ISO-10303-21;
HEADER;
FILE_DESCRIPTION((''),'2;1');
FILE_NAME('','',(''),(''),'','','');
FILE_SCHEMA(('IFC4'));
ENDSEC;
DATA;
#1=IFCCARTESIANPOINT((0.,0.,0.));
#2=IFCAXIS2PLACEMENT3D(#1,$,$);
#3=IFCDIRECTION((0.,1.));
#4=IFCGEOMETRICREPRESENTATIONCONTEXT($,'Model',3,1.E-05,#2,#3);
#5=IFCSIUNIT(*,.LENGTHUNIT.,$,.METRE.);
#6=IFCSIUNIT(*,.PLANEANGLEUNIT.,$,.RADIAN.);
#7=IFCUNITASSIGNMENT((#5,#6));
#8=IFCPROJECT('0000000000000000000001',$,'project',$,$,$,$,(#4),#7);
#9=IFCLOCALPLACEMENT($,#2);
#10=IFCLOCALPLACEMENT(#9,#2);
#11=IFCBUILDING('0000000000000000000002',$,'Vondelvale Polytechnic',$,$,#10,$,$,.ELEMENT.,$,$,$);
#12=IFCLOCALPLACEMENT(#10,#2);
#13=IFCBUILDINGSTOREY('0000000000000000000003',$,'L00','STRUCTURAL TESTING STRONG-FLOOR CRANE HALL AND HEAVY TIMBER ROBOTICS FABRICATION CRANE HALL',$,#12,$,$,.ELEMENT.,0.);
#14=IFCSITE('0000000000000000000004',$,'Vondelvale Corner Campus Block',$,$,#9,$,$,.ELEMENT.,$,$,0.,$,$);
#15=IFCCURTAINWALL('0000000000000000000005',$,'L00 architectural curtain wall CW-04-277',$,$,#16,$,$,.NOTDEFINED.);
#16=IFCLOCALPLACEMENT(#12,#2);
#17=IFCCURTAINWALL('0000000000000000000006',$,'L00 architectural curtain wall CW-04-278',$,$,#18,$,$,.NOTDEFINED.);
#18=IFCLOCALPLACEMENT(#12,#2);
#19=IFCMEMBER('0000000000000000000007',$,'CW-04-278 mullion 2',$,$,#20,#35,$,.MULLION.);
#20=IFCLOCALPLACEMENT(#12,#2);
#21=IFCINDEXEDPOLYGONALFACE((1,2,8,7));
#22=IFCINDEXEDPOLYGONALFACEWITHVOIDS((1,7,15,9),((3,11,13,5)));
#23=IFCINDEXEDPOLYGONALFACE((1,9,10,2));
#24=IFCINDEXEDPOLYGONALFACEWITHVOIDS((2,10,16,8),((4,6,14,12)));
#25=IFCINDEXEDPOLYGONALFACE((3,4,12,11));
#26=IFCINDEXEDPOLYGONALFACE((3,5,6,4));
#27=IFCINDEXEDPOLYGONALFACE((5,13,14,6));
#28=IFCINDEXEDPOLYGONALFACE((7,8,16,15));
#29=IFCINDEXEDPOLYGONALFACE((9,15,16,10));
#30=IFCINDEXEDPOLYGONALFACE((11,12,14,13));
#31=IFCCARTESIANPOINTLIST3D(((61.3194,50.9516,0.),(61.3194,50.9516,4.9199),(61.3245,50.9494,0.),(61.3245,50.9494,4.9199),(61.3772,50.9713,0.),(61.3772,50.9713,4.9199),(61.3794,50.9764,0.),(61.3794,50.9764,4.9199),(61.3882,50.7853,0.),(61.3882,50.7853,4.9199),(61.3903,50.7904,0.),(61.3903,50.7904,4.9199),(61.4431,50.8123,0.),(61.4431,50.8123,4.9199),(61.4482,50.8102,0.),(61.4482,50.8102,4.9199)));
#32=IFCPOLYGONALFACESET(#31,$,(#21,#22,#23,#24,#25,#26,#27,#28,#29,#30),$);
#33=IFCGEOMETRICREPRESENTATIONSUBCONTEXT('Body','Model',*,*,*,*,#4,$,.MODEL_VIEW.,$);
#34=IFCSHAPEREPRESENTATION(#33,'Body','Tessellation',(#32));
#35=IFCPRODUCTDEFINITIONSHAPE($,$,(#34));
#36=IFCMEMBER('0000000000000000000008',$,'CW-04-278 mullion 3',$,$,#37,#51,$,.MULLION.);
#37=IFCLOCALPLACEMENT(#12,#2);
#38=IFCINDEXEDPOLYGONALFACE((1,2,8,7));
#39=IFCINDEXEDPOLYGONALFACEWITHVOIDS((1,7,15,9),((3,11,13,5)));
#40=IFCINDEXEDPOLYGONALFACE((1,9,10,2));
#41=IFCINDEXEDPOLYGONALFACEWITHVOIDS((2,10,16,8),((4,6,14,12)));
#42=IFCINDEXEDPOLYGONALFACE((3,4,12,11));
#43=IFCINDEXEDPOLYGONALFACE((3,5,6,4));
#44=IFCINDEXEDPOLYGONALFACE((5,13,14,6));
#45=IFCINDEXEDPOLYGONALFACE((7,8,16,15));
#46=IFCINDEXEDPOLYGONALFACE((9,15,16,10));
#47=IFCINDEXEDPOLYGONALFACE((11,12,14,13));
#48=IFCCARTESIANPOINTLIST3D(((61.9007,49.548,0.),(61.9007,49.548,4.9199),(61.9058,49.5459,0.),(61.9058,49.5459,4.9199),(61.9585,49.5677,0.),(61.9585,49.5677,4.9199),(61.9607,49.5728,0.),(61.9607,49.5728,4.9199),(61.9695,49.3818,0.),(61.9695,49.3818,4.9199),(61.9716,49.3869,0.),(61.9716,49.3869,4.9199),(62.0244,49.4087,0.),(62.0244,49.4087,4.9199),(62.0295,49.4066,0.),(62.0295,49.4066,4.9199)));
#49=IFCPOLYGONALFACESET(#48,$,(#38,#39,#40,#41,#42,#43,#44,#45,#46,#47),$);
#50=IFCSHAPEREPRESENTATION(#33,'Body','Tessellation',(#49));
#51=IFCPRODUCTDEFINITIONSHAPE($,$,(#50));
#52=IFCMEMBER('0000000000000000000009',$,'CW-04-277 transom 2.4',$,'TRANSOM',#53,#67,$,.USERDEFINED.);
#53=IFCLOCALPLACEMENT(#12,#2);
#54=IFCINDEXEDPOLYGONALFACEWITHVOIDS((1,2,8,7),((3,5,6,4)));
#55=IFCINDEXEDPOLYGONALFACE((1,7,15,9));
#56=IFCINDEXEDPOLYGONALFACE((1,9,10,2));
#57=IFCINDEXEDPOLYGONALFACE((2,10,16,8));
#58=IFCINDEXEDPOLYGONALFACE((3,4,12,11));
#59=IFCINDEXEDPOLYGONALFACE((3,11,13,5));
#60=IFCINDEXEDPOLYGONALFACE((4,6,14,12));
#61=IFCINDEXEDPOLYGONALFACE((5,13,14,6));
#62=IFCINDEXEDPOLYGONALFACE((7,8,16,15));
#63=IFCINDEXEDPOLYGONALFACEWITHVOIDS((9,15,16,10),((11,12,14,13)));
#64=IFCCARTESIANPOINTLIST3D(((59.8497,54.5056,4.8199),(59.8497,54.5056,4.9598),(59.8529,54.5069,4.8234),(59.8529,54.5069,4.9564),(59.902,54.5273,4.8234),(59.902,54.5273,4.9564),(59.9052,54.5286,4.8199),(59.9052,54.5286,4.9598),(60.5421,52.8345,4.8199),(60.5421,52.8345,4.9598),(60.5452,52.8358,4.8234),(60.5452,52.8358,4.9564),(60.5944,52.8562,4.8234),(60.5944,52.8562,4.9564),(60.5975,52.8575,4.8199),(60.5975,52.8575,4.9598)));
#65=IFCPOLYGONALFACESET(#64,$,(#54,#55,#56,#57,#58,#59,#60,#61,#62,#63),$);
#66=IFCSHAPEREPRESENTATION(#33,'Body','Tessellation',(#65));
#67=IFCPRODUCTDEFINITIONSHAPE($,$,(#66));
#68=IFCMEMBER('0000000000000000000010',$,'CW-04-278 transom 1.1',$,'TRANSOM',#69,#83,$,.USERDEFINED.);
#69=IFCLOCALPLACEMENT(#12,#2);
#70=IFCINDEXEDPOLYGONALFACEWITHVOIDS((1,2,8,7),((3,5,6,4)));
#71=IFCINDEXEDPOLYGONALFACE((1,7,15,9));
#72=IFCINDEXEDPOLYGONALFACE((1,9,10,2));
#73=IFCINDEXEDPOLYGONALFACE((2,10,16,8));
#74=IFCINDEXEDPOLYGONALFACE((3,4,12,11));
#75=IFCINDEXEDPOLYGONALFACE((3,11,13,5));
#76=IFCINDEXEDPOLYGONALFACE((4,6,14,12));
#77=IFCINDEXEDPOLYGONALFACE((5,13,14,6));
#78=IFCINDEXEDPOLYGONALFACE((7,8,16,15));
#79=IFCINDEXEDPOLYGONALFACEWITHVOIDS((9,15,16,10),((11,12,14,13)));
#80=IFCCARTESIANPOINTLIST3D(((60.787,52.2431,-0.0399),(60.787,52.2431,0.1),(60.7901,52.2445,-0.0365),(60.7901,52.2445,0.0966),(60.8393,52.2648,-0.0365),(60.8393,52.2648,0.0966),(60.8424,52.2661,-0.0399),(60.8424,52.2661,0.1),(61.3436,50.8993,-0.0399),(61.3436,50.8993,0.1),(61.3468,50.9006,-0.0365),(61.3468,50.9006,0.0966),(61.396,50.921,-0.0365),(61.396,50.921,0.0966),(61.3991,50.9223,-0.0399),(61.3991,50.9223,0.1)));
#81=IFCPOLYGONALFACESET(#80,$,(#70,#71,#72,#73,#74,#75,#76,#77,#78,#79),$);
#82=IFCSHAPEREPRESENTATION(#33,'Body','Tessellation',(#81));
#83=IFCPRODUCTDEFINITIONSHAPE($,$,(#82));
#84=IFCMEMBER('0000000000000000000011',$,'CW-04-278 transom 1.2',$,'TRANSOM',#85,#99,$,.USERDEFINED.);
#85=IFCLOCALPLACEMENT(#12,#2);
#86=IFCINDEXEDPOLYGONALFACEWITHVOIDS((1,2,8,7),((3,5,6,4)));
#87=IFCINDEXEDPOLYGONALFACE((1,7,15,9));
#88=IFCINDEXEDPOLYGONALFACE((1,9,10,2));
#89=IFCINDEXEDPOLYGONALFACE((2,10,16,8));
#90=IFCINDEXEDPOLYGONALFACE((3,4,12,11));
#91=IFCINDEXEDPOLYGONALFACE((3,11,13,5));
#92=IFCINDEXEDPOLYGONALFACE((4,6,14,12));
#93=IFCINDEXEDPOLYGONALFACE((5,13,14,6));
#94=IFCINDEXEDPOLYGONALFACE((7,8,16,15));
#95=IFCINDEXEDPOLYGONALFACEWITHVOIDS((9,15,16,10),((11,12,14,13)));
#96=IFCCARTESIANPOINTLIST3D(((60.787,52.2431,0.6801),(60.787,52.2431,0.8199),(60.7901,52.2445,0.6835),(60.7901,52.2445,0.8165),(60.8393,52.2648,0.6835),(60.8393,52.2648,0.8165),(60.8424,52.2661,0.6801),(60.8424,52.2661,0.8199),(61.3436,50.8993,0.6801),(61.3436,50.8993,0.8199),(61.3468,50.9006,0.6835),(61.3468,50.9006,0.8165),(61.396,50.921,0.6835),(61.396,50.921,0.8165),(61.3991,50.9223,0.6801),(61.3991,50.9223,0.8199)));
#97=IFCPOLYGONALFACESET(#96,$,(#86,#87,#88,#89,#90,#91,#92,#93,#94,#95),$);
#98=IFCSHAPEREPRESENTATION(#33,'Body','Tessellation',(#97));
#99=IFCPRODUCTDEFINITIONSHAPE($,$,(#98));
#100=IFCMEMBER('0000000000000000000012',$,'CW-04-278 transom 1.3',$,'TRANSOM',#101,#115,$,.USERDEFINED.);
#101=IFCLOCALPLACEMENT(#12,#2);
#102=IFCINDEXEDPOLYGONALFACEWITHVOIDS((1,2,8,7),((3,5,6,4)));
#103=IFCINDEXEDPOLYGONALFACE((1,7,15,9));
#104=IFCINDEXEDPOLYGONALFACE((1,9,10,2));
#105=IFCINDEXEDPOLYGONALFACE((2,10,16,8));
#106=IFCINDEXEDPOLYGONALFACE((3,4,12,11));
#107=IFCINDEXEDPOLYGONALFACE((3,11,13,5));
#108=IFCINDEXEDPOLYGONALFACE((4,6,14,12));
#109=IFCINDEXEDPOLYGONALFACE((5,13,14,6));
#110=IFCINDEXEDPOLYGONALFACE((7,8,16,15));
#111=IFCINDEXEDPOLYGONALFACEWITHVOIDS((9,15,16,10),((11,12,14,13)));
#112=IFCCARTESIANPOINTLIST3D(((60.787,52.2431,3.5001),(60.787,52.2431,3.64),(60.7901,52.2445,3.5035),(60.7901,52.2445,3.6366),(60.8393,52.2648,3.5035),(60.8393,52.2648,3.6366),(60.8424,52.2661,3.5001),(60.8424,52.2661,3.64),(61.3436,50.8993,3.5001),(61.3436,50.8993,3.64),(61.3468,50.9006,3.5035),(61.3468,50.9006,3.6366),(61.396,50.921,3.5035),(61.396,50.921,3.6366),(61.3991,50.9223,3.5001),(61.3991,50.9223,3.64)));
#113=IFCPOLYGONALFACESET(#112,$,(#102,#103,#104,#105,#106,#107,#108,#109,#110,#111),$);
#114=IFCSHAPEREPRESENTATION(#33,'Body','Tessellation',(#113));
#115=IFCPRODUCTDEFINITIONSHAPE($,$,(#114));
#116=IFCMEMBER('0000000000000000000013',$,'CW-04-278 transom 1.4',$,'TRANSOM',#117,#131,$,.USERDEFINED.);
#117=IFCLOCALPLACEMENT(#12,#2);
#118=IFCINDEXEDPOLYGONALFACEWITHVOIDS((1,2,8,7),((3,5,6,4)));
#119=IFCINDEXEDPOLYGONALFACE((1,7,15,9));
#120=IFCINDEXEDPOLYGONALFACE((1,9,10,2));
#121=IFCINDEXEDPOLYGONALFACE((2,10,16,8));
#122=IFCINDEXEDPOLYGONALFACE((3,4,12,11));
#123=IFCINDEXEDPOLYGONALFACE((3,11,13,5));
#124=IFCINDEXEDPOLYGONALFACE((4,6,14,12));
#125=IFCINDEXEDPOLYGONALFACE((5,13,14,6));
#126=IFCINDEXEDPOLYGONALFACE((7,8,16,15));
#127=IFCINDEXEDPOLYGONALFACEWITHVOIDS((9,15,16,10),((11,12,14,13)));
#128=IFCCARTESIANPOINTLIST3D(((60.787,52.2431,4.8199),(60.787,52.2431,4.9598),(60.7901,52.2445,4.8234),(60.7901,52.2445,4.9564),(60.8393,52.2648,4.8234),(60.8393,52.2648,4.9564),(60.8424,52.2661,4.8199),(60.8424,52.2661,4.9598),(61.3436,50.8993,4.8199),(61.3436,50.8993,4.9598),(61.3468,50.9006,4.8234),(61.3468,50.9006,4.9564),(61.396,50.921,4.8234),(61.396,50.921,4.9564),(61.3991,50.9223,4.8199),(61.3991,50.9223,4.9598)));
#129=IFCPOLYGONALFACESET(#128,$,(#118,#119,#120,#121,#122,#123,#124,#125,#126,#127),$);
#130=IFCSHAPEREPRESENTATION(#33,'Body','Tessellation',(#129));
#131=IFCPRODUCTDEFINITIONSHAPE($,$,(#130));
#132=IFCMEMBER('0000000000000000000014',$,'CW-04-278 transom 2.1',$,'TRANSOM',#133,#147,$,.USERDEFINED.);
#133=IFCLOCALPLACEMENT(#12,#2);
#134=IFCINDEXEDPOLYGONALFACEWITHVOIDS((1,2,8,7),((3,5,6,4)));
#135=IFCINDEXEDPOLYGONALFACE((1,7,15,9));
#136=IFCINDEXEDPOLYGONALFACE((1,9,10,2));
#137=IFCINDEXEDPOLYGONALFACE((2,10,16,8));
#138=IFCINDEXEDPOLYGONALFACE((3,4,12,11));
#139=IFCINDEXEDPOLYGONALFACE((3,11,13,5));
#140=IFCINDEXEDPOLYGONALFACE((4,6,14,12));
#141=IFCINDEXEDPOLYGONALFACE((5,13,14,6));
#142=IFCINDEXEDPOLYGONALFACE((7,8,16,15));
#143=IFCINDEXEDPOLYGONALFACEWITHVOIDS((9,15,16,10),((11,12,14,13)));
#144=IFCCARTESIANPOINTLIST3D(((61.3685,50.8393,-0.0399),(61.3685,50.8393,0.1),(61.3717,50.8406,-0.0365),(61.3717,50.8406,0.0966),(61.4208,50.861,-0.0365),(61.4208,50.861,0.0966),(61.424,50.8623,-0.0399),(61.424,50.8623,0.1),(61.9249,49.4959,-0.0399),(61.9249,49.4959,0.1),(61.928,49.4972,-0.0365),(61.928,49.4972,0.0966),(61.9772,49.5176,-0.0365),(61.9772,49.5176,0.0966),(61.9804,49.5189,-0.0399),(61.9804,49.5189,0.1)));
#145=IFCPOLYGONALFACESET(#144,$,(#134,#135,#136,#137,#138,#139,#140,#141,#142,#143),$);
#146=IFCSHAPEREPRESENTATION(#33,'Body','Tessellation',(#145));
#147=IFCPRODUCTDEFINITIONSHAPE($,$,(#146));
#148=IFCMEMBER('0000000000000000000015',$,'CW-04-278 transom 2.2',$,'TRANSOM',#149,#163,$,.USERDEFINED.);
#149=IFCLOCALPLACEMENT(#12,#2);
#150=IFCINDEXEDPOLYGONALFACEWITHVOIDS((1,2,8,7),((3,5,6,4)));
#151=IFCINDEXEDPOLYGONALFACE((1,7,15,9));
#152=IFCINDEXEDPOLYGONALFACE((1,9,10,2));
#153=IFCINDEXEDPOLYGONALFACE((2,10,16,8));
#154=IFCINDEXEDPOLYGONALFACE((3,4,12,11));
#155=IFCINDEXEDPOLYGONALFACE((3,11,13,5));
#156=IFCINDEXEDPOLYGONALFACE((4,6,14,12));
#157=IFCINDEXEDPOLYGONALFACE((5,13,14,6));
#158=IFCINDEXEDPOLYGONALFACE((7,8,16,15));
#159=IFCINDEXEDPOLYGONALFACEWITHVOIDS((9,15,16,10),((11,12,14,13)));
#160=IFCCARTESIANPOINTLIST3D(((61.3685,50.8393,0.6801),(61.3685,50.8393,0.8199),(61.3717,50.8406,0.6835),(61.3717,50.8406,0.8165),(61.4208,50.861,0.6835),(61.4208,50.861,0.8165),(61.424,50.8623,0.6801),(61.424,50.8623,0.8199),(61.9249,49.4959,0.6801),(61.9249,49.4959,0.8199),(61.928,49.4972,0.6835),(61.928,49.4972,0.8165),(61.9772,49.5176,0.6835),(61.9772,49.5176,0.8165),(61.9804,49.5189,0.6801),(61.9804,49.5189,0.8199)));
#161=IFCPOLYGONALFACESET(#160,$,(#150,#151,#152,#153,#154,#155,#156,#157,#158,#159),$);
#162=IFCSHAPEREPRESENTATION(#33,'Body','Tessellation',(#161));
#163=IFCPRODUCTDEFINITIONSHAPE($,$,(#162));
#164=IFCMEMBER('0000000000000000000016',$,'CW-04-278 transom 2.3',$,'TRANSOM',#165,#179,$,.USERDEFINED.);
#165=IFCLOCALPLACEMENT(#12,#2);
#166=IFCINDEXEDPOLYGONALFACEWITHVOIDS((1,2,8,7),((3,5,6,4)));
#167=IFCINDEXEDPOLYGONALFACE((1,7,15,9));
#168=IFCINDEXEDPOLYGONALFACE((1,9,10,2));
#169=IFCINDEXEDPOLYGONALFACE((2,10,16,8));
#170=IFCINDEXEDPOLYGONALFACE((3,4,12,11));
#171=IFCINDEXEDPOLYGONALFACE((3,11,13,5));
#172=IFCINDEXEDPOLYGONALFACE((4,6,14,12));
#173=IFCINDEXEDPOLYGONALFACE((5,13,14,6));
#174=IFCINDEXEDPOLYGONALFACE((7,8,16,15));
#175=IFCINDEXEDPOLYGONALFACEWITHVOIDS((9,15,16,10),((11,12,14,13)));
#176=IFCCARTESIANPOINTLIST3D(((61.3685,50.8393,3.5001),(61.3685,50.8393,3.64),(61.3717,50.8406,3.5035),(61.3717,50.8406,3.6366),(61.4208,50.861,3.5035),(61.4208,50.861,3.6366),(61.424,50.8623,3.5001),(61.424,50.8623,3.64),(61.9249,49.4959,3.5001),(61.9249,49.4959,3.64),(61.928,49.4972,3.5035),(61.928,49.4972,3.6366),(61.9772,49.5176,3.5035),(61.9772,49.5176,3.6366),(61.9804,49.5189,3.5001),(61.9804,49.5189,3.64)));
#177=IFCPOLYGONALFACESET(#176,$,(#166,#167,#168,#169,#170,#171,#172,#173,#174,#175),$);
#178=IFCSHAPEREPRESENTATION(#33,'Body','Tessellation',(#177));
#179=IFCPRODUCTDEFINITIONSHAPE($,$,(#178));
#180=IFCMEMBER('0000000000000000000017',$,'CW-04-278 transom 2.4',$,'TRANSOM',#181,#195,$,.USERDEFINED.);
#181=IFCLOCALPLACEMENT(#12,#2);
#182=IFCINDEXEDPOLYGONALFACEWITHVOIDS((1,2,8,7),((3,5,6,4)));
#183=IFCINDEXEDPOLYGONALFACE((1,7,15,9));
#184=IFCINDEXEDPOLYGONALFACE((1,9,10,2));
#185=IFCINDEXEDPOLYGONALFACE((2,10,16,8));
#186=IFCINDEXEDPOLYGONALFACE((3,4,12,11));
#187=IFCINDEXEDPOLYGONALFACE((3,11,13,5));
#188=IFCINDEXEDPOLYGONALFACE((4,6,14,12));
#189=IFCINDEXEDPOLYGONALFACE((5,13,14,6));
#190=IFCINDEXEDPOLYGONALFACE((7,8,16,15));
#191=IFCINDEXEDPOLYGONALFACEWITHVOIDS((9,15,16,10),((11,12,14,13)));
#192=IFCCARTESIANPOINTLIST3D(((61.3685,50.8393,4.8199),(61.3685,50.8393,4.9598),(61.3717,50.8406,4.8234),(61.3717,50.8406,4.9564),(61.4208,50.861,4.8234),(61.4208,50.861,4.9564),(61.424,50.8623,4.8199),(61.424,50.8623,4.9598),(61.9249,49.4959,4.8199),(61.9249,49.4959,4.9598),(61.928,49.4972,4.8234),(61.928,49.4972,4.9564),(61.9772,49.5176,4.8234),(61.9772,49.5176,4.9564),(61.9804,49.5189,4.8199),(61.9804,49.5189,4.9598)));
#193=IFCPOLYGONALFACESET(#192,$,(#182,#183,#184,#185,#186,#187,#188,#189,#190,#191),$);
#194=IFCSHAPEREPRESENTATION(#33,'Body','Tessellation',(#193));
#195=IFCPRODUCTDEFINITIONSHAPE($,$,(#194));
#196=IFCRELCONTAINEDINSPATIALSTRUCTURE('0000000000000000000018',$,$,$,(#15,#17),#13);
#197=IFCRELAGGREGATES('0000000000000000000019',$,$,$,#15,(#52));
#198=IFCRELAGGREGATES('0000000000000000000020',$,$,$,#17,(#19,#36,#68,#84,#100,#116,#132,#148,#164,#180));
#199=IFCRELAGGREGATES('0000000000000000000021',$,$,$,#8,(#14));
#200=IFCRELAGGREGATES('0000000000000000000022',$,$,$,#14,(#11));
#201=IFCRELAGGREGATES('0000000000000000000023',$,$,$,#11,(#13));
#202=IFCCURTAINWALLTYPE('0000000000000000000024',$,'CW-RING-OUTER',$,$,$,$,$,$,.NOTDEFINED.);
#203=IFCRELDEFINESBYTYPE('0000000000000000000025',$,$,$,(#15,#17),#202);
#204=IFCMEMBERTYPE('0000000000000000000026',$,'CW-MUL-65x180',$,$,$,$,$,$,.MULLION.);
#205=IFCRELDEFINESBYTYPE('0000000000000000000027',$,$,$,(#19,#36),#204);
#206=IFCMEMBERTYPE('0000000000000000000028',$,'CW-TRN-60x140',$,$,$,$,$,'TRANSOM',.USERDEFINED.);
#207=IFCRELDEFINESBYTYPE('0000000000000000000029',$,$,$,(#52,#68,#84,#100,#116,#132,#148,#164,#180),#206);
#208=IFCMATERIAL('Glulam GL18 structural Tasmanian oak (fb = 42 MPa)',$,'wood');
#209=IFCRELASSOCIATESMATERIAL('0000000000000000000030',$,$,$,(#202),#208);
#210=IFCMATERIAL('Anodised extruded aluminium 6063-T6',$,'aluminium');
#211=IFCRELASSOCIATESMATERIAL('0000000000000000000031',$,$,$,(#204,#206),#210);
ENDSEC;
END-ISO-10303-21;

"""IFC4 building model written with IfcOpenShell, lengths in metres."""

from ifc_helpers import new_model, si_unit, direction, frame, origin, origin_2d, place, context, subcontext, project, spatial, hollow_rectangle, extrude, material, material_profile, profile_set, type_object, element, aggregate, save


model = new_model("IFC4")

# Units and contexts
model_context = context("Model", 3, precision=1e-05, world=origin(), true_north=direction((0.0, 1.0)))
body_context = subcontext(model_context, "Body", "Model", "MODEL_VIEW")
ifc_project = project(units=[si_unit("LENGTHUNIT", "METRE"), si_unit("PLANEANGLEUNIT", "RADIAN")], contexts=[model_context])

# Site, building, storey
site_placement = place(None, origin())
site = spatial("IfcSite", under=ifc_project, at=site_placement, Name="Vondelvale Corner Campus Block", CompositionType="ELEMENT", RefElevation=0.0)
building_placement = place(site_placement, origin())
building = spatial("IfcBuilding", under=site, at=building_placement, Name="Vondelvale Polytechnic", CompositionType="ELEMENT")
storey_placement = place(building_placement, origin())
storey = spatial("IfcBuildingStorey", under=building, at=storey_placement, Name="L00", Description="STRUCTURAL TESTING STRONG-FLOOR CRANE HALL AND HEAVY TIMBER ROBOTICS FABRICATION CRANE HALL", CompositionType="ELEMENT", Elevation=0.0)

# Shared definitions
ifc_material_1 = material(Name="Glulam GL18 structural Tasmanian oak (fb = 42 MPa)", Category="wood")

# Curtain wall
curtain_wall_type = type_object("IfcCurtainWallType", Name="CW-RING-OUTER", PredefinedType="NOTDEFINED", material=ifc_material_1)
curtain_wall_1_placement = place(storey_placement, origin())
curtain_wall_1 = element("IfcCurtainWall", 1, at=curtain_wall_1_placement, inside=storey, type_object=curtain_wall_type, Name="L00 architectural curtain wall CW-04-277", PredefinedType="NOTDEFINED")
ifc_material_2 = material(Name="Anodised extruded aluminium 6063-T6", Category="aluminium")
ifc_material_profile_1 = material_profile(ifc_material_2, hollow_rectangle(XDim=0.0649, YDim=0.1799, WallThickness=0.0039, at=origin_2d()), Name="CW-MUL-180x65")
ifc_profile_set_1 = profile_set([ifc_material_profile_1], Name="Anodised extruded aluminium 6063-T6")
member_type_1 = type_object("IfcMemberType", Name="CW-MUL-65x180", PredefinedType="MULLION", material=ifc_profile_set_1)

# Curtain wall, members
curtain_wall_2_placement = place(storey_placement, origin())
curtain_wall_2 = element("IfcCurtainWall", 2, at=curtain_wall_2_placement, inside=storey, type_object=curtain_wall_type, Name="L00 architectural curtain wall CW-04-278", PredefinedType="NOTDEFINED")
member_1_placement = place(storey_placement, frame((61.3838, 50.8809, 0.0), z_axis=(0.0, 0.0, 1.0), x_axis=(0.923881, 0.382679, 0.0)))
member_1 = element("IfcMember", 3, at=member_1_placement, type_object=member_type_1, Name="CW-04-278 mullion 2", PredefinedType="MULLION", context=body_context, shape_type="SweptSolid", body=[
    extrude(hollow_rectangle(XDim=0.0649, YDim=0.1799, WallThickness=0.0039, at=origin_2d()), origin(), (0.0, 0.0, 1.0), 4.9199),
])
member_2_placement = place(storey_placement, frame((61.9651, 49.4773, 0.0), z_axis=(0.0, 0.0, 1.0), x_axis=(0.923881, 0.382679, 0.0)))
member_2 = element("IfcMember", 4, at=member_2_placement, type_object=member_type_1, Name="CW-04-278 mullion 3", PredefinedType="MULLION", context=body_context, shape_type="SweptSolid", body=[
    extrude(hollow_rectangle(XDim=0.0649, YDim=0.1799, WallThickness=0.0039, at=origin_2d()), origin(), (0.0, 0.0, 1.0), 4.9199),
])

# Members
ifc_material_profile_2 = material_profile(ifc_material_2, hollow_rectangle(XDim=0.0601, YDim=0.1399, WallThickness=0.0034, at=origin_2d()), Name="CW-TRN-140x60")
ifc_profile_set_2 = profile_set([ifc_material_profile_2], Name="Anodised extruded aluminium 6063-T6")
member_type_2 = type_object("IfcMemberType", Name="CW-TRN-60x140", ElementType="TRANSOM", PredefinedType="USERDEFINED", material=ifc_profile_set_2)
member_3_placement = place(storey_placement, frame((59.8774, 54.5171, 4.8899), z_axis=(0.382765, -0.923846, 0.0), x_axis=(0.923846, 0.382765, 0.0)))
member_3 = element("IfcMember", 5, at=member_3_placement, type_object=member_type_2, Name="CW-04-277 transom 2.4", ObjectType="TRANSOM", PredefinedType="USERDEFINED", context=body_context, shape_type="SweptSolid", body=[
    extrude(hollow_rectangle(XDim=0.0601, YDim=0.1399, WallThickness=0.0034, at=origin_2d()), origin(), (0.0, 0.0, 1.0), 1.8088),
])
member_4_placement = place(storey_placement, frame((60.8147, 52.2546, 0.03), z_axis=(0.382708, -0.92387, 0.0), x_axis=(0.92387, 0.382708, 0.0)))
member_4 = element("IfcMember", 6, at=member_4_placement, type_object=member_type_2, Name="CW-04-278 transom 1.1", ObjectType="TRANSOM", PredefinedType="USERDEFINED", context=body_context, shape_type="SweptSolid", body=[
    extrude(hollow_rectangle(XDim=0.0601, YDim=0.1399, WallThickness=0.0034, at=origin_2d()), origin(), (0.0, 0.0, 1.0), 1.4546),
])
member_5_placement = place(storey_placement, frame((60.8147, 52.2546, 0.75), z_axis=(0.382708, -0.92387, 0.0), x_axis=(0.92387, 0.382708, 0.0)))
member_5 = element("IfcMember", 7, at=member_5_placement, type_object=member_type_2, Name="CW-04-278 transom 1.2", ObjectType="TRANSOM", PredefinedType="USERDEFINED", context=body_context, shape_type="SweptSolid", body=[
    extrude(hollow_rectangle(XDim=0.0601, YDim=0.1399, WallThickness=0.0034, at=origin_2d()), origin(), (0.0, 0.0, 1.0), 1.4546),
])
member_6_placement = place(storey_placement, frame((60.8147, 52.2546, 3.5701), z_axis=(0.382708, -0.92387, 0.0), x_axis=(0.92387, 0.382708, 0.0)))
member_6 = element("IfcMember", 8, at=member_6_placement, type_object=member_type_2, Name="CW-04-278 transom 1.3", ObjectType="TRANSOM", PredefinedType="USERDEFINED", context=body_context, shape_type="SweptSolid", body=[
    extrude(hollow_rectangle(XDim=0.0601, YDim=0.1399, WallThickness=0.0034, at=origin_2d()), origin(), (0.0, 0.0, 1.0), 1.4546),
])
member_7_placement = place(storey_placement, frame((60.8147, 52.2546, 4.8899), z_axis=(0.382708, -0.92387, 0.0), x_axis=(0.92387, 0.382708, 0.0)))
member_7 = element("IfcMember", 9, at=member_7_placement, type_object=member_type_2, Name="CW-04-278 transom 1.4", ObjectType="TRANSOM", PredefinedType="USERDEFINED", context=body_context, shape_type="SweptSolid", body=[
    extrude(hollow_rectangle(XDim=0.0601, YDim=0.1399, WallThickness=0.0034, at=origin_2d()), origin(), (0.0, 0.0, 1.0), 1.4546),
])
member_8_placement = place(storey_placement, frame((61.3962, 50.8508, 0.03), z_axis=(0.382624, -0.923904, 0.0), x_axis=(0.923904, 0.382624, 0.0)))
member_8 = element("IfcMember", 10, at=member_8_placement, type_object=member_type_2, Name="CW-04-278 transom 2.1", ObjectType="TRANSOM", PredefinedType="USERDEFINED", context=body_context, shape_type="SweptSolid", body=[
    extrude(hollow_rectangle(XDim=0.0601, YDim=0.1399, WallThickness=0.0034, at=origin_2d()), origin(), (0.0, 0.0, 1.0), 1.4541),
])
member_9_placement = place(storey_placement, frame((61.3962, 50.8508, 0.75), z_axis=(0.382624, -0.923904, 0.0), x_axis=(0.923904, 0.382624, 0.0)))
member_9 = element("IfcMember", 11, at=member_9_placement, type_object=member_type_2, Name="CW-04-278 transom 2.2", ObjectType="TRANSOM", PredefinedType="USERDEFINED", context=body_context, shape_type="SweptSolid", body=[
    extrude(hollow_rectangle(XDim=0.0601, YDim=0.1399, WallThickness=0.0034, at=origin_2d()), origin(), (0.0, 0.0, 1.0), 1.4541),
])
member_10_placement = place(storey_placement, frame((61.3962, 50.8508, 3.5701), z_axis=(0.382624, -0.923904, 0.0), x_axis=(0.923904, 0.382624, 0.0)))
member_10 = element("IfcMember", 12, at=member_10_placement, type_object=member_type_2, Name="CW-04-278 transom 2.3", ObjectType="TRANSOM", PredefinedType="USERDEFINED", context=body_context, shape_type="SweptSolid", body=[
    extrude(hollow_rectangle(XDim=0.0601, YDim=0.1399, WallThickness=0.0034, at=origin_2d()), origin(), (0.0, 0.0, 1.0), 1.4541),
])
member_11_placement = place(storey_placement, frame((61.3962, 50.8508, 4.8899), z_axis=(0.382624, -0.923904, 0.0), x_axis=(0.923904, 0.382624, 0.0)))
member_11 = element("IfcMember", 13, at=member_11_placement, type_object=member_type_2, Name="CW-04-278 transom 2.4", ObjectType="TRANSOM", PredefinedType="USERDEFINED", context=body_context, shape_type="SweptSolid", body=[
    extrude(hollow_rectangle(XDim=0.0601, YDim=0.1399, WallThickness=0.0034, at=origin_2d()), origin(), (0.0, 0.0, 1.0), 1.4541),
])

aggregate(curtain_wall_1, [member_3])
aggregate(curtain_wall_2, [member_1, member_2, member_4, member_5, member_6, member_7, member_8, member_9, member_10, member_11])

save(model, "model.ifc")
